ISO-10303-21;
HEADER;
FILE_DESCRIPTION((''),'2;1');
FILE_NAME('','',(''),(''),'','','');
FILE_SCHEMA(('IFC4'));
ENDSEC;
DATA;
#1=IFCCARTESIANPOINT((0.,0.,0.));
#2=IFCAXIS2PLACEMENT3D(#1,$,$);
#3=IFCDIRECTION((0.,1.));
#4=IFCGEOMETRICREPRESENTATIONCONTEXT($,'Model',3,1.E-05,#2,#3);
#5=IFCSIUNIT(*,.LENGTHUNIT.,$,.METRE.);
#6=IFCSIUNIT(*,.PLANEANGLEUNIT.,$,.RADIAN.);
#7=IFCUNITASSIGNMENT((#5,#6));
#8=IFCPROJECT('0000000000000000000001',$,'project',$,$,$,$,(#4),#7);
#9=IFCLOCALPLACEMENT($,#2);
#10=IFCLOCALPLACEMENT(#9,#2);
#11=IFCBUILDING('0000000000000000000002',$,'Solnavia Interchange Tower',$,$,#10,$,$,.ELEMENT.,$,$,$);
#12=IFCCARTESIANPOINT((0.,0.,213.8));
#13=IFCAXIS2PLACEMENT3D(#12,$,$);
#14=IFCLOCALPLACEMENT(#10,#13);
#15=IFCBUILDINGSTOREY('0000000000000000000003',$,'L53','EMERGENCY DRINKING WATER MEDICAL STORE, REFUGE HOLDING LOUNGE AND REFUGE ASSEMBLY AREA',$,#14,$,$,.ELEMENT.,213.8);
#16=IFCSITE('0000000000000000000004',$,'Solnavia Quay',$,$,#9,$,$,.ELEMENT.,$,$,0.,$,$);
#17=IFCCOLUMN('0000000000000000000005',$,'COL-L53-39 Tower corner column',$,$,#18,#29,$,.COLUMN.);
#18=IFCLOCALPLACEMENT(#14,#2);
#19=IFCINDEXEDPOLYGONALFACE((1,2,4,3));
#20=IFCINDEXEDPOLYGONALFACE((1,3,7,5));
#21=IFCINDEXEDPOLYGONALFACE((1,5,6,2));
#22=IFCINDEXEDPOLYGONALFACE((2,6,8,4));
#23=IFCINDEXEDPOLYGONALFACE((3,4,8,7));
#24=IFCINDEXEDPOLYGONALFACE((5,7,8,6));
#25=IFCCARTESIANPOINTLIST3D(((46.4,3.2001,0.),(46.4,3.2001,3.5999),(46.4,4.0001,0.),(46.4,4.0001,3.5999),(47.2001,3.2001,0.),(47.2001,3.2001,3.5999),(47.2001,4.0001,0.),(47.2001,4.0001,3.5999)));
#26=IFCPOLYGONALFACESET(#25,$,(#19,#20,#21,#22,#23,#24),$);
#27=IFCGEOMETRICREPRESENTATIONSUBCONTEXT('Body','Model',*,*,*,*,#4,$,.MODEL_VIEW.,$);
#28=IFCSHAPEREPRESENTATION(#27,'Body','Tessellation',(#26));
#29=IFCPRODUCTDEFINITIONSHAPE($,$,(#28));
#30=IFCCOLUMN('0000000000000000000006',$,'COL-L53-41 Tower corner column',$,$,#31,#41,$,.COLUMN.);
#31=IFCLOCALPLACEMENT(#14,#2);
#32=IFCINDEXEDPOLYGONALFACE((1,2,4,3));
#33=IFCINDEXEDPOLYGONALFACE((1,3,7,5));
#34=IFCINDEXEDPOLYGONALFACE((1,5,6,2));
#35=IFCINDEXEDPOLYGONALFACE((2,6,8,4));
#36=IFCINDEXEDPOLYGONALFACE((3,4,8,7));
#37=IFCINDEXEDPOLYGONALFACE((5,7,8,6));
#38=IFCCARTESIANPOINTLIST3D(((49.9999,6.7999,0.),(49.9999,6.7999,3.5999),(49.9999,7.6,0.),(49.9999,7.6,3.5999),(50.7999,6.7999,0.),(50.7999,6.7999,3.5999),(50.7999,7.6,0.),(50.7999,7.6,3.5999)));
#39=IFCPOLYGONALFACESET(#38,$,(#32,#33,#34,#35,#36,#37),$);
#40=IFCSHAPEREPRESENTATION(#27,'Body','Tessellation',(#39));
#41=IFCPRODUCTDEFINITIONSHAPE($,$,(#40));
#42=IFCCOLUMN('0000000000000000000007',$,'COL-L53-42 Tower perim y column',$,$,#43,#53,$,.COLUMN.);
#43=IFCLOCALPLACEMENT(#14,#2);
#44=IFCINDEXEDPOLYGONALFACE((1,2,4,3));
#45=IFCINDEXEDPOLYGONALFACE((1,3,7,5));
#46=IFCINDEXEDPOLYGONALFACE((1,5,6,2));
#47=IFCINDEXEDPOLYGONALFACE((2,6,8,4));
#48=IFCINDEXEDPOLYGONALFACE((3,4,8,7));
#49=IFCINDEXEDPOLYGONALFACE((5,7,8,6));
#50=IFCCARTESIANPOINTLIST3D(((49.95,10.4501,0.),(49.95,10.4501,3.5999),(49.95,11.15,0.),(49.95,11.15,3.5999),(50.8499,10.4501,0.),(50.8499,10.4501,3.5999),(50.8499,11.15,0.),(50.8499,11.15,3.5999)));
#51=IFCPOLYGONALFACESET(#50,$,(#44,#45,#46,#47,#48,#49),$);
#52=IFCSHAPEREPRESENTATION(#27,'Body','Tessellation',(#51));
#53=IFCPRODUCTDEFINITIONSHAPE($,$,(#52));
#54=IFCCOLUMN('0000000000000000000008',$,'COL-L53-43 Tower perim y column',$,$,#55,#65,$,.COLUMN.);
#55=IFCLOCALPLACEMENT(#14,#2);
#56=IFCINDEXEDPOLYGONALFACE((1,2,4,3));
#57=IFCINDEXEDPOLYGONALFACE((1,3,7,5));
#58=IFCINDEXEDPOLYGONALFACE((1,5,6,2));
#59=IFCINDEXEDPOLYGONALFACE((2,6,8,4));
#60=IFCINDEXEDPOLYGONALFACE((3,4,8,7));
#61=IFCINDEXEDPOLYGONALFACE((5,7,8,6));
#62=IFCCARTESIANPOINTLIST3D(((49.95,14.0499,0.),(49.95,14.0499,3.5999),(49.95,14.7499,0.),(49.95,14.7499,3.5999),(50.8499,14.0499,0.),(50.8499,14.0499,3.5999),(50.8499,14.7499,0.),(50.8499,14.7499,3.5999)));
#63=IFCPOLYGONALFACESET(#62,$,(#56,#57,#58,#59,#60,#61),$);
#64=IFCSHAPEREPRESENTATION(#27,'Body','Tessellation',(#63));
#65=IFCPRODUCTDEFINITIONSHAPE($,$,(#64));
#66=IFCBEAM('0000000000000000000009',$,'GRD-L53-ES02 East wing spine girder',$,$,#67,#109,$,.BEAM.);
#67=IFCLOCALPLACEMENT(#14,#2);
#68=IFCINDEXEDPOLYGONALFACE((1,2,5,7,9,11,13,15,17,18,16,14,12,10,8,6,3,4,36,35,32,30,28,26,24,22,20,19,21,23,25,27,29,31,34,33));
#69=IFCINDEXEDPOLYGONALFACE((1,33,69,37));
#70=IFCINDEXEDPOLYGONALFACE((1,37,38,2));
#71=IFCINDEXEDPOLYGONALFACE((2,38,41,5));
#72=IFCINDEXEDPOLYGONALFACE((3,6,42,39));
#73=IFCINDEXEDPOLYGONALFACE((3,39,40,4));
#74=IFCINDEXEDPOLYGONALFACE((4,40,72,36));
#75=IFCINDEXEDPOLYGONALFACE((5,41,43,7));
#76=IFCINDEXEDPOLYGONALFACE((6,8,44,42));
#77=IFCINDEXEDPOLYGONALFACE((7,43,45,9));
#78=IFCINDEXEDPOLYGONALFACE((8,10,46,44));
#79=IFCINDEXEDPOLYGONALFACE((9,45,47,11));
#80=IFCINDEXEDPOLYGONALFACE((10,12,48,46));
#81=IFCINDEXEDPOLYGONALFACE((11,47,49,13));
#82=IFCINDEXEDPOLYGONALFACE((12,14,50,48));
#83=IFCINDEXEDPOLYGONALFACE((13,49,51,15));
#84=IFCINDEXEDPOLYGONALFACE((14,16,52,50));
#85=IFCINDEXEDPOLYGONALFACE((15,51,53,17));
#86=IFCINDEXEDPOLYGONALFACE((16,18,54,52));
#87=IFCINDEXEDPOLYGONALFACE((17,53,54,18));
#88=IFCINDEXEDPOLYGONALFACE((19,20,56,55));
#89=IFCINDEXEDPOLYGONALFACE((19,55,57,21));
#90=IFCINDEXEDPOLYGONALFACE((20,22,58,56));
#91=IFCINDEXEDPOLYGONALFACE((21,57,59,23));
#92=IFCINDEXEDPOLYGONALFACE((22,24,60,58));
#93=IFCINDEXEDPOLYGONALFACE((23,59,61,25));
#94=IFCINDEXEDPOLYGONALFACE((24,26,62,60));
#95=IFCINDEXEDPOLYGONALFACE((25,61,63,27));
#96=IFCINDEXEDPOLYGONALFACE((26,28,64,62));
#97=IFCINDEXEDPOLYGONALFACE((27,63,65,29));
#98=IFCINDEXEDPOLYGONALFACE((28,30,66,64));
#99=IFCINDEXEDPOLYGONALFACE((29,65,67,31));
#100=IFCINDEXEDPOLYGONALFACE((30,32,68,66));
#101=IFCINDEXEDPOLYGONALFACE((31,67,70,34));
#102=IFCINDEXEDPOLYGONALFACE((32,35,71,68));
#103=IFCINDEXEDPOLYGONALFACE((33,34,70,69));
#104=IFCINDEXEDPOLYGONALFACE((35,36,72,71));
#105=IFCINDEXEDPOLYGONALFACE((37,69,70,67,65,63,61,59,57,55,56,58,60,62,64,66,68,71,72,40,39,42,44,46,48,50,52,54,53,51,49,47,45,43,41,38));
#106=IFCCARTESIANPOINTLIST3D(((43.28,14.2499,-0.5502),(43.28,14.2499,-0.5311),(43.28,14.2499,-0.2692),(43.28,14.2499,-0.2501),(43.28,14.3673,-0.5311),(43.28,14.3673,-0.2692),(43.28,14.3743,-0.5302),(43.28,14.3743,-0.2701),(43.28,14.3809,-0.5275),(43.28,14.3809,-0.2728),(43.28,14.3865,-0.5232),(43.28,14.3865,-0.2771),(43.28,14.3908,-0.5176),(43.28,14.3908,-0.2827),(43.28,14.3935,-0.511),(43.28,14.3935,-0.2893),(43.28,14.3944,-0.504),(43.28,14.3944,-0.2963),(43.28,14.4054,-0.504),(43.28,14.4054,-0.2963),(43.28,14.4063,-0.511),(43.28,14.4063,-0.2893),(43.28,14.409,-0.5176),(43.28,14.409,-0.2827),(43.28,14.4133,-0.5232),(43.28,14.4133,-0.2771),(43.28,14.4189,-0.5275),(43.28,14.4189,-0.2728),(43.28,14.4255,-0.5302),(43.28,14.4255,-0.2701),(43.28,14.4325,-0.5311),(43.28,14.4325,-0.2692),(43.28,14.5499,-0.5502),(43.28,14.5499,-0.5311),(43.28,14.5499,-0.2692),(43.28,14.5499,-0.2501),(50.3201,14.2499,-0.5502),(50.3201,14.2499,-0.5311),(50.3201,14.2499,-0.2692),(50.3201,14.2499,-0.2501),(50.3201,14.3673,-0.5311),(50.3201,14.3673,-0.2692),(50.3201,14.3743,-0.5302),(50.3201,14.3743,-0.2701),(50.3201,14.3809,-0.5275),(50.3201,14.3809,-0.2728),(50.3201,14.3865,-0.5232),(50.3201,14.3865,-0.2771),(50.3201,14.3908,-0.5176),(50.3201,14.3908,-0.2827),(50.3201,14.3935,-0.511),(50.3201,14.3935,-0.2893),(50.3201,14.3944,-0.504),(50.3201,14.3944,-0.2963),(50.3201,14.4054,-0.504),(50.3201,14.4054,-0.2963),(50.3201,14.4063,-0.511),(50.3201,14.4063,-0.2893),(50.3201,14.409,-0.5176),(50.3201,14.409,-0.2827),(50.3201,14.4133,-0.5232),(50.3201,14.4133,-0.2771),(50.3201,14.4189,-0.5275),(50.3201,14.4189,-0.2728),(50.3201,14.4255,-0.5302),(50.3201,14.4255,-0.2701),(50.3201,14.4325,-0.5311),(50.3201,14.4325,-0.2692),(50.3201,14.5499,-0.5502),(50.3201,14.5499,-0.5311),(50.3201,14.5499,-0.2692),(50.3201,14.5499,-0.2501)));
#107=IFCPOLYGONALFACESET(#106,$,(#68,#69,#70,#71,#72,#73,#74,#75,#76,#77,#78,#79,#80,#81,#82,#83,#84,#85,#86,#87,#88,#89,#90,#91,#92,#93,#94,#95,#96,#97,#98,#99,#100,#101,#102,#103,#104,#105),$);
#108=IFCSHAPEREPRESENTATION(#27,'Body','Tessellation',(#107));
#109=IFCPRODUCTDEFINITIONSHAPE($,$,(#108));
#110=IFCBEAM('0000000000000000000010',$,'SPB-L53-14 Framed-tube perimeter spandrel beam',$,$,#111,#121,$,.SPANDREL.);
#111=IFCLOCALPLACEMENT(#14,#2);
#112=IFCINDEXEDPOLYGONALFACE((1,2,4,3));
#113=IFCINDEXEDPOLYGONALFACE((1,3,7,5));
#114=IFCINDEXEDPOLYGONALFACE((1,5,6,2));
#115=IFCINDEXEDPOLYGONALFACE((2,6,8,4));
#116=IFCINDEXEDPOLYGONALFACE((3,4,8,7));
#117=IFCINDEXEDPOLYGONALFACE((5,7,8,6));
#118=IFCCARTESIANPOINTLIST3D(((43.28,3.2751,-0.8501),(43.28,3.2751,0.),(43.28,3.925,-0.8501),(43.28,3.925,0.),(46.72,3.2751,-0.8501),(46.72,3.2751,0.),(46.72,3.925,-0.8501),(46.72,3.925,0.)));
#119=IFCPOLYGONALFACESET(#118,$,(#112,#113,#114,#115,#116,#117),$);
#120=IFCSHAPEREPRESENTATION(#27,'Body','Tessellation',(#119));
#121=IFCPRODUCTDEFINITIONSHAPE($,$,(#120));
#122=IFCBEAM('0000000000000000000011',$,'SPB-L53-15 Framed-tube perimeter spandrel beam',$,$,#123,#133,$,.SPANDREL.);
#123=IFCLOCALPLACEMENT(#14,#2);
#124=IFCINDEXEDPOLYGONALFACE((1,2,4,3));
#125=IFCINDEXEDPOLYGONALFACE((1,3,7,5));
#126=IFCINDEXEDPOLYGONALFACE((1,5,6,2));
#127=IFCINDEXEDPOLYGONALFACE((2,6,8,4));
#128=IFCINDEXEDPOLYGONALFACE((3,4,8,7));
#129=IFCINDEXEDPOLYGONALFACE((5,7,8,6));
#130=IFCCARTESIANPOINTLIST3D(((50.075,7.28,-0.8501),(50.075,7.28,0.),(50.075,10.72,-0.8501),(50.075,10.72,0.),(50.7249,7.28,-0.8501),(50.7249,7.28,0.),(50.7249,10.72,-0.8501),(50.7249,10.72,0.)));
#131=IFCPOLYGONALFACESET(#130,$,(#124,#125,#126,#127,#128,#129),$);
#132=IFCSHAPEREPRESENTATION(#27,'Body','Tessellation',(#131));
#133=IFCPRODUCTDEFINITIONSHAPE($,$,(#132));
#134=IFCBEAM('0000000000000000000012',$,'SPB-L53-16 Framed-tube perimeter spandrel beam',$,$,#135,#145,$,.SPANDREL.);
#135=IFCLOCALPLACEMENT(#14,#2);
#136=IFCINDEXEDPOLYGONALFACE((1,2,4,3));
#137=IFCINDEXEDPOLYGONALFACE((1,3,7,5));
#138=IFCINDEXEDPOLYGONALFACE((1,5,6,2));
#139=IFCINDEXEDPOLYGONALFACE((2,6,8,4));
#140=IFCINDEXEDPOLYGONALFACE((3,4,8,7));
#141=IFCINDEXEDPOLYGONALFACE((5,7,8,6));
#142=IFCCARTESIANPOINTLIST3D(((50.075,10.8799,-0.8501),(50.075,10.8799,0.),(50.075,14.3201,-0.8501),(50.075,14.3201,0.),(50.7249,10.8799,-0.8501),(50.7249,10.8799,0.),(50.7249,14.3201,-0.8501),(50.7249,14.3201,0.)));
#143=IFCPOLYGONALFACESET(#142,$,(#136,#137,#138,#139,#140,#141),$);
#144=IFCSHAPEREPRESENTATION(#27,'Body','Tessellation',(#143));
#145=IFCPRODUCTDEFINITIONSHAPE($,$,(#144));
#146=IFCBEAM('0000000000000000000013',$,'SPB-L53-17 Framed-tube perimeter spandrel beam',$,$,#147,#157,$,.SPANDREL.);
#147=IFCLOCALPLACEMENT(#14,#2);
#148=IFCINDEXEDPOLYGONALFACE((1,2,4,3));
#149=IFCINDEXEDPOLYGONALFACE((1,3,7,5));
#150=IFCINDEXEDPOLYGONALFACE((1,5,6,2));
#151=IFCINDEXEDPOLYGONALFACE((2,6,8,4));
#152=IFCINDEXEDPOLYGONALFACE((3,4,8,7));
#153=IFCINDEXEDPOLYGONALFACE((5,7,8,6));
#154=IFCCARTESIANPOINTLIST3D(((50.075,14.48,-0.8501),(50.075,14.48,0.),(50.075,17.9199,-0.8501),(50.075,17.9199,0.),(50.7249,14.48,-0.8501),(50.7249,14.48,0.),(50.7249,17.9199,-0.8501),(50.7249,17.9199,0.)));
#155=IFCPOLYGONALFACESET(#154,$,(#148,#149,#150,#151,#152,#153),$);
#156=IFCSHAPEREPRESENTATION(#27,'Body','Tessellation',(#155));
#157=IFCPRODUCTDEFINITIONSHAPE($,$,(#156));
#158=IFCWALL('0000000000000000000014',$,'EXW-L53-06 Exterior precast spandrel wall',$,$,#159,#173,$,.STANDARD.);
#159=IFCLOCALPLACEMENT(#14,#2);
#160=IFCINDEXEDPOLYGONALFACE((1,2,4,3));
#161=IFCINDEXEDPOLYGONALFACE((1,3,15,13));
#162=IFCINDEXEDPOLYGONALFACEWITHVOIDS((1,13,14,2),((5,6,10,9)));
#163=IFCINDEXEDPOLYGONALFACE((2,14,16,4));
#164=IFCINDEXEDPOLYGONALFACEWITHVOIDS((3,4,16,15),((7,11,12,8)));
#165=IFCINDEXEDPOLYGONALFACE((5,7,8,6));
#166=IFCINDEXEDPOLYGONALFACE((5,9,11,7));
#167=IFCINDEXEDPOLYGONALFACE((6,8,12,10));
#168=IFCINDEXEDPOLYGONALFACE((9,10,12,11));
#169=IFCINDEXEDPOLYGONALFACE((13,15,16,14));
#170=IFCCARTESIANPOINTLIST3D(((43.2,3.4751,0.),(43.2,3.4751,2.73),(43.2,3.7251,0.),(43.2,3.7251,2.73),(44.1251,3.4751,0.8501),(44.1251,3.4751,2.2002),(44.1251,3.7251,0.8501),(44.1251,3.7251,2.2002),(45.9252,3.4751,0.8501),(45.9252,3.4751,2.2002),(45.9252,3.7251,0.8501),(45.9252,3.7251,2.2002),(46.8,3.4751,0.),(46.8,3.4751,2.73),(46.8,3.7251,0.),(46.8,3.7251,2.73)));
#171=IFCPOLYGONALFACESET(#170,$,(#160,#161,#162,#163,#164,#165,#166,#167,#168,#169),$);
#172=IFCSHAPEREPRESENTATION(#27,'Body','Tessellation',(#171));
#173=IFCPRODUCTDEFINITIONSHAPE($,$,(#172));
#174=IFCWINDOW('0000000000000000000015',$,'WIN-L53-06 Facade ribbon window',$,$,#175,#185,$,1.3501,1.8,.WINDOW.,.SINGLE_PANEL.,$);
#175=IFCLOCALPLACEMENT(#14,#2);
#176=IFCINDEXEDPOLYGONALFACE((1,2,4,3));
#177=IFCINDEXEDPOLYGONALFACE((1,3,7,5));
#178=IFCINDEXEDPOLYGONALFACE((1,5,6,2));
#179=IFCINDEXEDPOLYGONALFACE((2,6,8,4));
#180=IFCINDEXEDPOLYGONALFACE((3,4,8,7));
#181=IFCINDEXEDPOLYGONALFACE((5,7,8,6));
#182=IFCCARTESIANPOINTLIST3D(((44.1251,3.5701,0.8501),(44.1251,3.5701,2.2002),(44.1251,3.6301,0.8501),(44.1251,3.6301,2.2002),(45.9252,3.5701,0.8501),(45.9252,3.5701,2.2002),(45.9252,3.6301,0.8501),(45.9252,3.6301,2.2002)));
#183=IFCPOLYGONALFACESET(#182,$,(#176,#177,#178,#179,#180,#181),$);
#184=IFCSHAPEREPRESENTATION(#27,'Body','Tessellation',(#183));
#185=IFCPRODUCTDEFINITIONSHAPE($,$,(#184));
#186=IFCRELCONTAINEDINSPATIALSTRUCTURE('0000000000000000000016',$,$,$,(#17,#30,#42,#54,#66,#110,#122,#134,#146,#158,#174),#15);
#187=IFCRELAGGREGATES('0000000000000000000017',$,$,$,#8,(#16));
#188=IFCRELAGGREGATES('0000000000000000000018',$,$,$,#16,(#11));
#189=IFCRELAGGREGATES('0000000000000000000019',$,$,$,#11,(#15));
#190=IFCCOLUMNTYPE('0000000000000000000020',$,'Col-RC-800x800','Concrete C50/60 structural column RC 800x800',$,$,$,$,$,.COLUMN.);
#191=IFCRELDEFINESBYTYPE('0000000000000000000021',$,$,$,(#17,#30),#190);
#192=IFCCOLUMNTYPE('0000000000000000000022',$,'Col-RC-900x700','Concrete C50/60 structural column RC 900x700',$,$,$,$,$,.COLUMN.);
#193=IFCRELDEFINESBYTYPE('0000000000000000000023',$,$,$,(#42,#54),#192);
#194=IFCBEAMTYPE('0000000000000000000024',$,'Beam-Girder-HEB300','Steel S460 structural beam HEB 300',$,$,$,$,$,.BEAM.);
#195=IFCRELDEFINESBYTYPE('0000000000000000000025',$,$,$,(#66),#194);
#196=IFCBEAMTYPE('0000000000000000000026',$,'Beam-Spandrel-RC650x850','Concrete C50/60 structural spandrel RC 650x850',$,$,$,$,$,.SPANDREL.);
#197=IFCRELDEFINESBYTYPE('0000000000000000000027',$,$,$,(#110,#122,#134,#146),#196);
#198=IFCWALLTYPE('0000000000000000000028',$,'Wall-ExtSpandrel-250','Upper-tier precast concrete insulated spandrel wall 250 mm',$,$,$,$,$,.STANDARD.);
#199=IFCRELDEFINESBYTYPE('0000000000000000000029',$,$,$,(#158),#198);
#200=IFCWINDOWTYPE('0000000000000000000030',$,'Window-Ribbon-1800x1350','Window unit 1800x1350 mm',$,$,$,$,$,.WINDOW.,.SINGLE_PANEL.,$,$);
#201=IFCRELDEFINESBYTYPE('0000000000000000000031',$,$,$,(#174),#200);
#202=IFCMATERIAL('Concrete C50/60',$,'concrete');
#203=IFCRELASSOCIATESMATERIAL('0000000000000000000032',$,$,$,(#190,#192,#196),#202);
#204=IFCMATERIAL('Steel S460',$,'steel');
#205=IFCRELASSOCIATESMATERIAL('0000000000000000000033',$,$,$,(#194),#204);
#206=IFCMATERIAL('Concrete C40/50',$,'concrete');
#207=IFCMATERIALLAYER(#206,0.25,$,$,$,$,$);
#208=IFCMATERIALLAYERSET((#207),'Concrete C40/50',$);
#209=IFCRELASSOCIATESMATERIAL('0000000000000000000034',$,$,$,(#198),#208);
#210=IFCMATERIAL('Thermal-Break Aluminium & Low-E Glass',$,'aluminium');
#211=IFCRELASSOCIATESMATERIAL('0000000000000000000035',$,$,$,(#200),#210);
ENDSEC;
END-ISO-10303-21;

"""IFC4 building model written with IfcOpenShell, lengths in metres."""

from ifc_helpers import new_model, si_unit, direction, frame, frame_2d, origin, origin_2d, place, context, subcontext, project, spatial, rectangle, i_section, extrude, material, layer, layer_set, material_profile, profile_set, type_object, element, fill, save


model = new_model("IFC4")

# Units and contexts
model_context = context("Model", 3, precision=1e-05, world=origin(), true_north=direction((0.0, 1.0)))
body_context = subcontext(model_context, "Body", "Model", "MODEL_VIEW")
ifc_project = project(units=[si_unit("LENGTHUNIT", "METRE"), si_unit("PLANEANGLEUNIT", "RADIAN")], contexts=[model_context])

# Site, building, storey
site_placement = place(None, origin())
site = spatial("IfcSite", under=ifc_project, at=site_placement, Name="Solnavia Quay", CompositionType="ELEMENT", RefElevation=0.0)
building_placement = place(site_placement, origin())
building = spatial("IfcBuilding", under=site, at=building_placement, Name="Solnavia Interchange Tower", CompositionType="ELEMENT")
storey_placement = place(building_placement, frame((0.0, 0.0, 213.8)))
storey = spatial("IfcBuildingStorey", under=building, at=storey_placement, Name="L53", Description="EMERGENCY DRINKING WATER MEDICAL STORE, REFUGE HOLDING LOUNGE AND REFUGE ASSEMBLY AREA", CompositionType="ELEMENT", Elevation=213.8)

# Columns
ifc_material_1 = material(Name="Concrete C50/60", Category="concrete")
ifc_material_profile_1 = material_profile(ifc_material_1, rectangle(XDim=0.8, YDim=0.8, at=origin_2d()), Name="RC 800x800")
ifc_profile_set_1 = profile_set([ifc_material_profile_1], Name="Concrete C50/60")
column_type_1 = type_object("IfcColumnType", Name="Col-RC-800x800", Description="Concrete C50/60 structural column RC 800x800", PredefinedType="COLUMN", material=ifc_profile_set_1)
for number, where, z_axis, x_axis, name in (
    (1, (46.8, 3.6001, 0.0), (0.0, 0.0, 1.0), (1.0, 0.0, 0.0), "COL-L53-39 Tower corner column"),
    (2, (50.3999, 7.2, 0.0), (0.0, 0.0, 1.0), (1.0, 0.0, 0.0), "COL-L53-41 Tower corner column"),
):
    element("IfcColumn", number, at=place(storey_placement, frame(where, z_axis=z_axis, x_axis=x_axis)), inside=storey, type_object=column_type_1, Name=name, PredefinedType="COLUMN", context=body_context, shape_type="SweptSolid", body=[
        extrude(rectangle(XDim=0.8, YDim=0.8, at=origin_2d()), origin(), (0.0, 0.0, 1.0), 3.5999),
    ])
ifc_material_profile_2 = material_profile(ifc_material_1, rectangle(XDim=0.7, YDim=0.8999, at=origin_2d()), Name="RC 900x700")
ifc_profile_set_2 = profile_set([ifc_material_profile_2], Name="Concrete C50/60")
column_type_2 = type_object("IfcColumnType", Name="Col-RC-900x700", Description="Concrete C50/60 structural column RC 900x700", PredefinedType="COLUMN", material=ifc_profile_set_2)
for number, where, z_axis, x_axis, name in (
    (3, (50.3999, 10.8, 0.0), (0.0, 0.0, 1.0), (0.0, 1.0, 0.0), "COL-L53-42 Tower perim y column"),
    (4, (50.3999, 14.3999, 0.0), (0.0, 0.0, 1.0), (0.0, 1.0, 0.0), "COL-L53-43 Tower perim y column"),
):
    element("IfcColumn", number, at=place(storey_placement, frame(where, z_axis=z_axis, x_axis=x_axis)), inside=storey, type_object=column_type_2, Name=name, PredefinedType="COLUMN", context=body_context, shape_type="SweptSolid", body=[
        extrude(rectangle(XDim=0.7, YDim=0.8999, at=origin_2d()), origin(), (0.0, 0.0, 1.0), 3.5999),
    ])

# Beams
ifc_material_2 = material(Name="Steel S460", Category="steel")
ifc_material_profile_3 = material_profile(ifc_material_2, i_section(OverallWidth=0.3, OverallDepth=0.3, WebThickness=0.011, FlangeThickness=0.019, FilletRadius=0.0271, at=origin_2d()), Name="HEB 300")
ifc_profile_set_3 = profile_set([ifc_material_profile_3], Name="Steel S460")
beam_type_1 = type_object("IfcBeamType", Name="Beam-Girder-HEB300", Description="Steel S460 structural beam HEB 300", PredefinedType="BEAM", material=ifc_profile_set_3)
beam_1_placement = place(storey_placement, frame((43.28, 14.3999, -0.4001), z_axis=(1.0, 0.0, 0.0), x_axis=(0.0, 1.0, 0.0)))
element("IfcBeam", 5, at=beam_1_placement, inside=storey, type_object=beam_type_1, Name="GRD-L53-ES02 East wing spine girder", PredefinedType="BEAM", context=body_context, shape_type="SweptSolid", body=[
    extrude(i_section(OverallWidth=0.3, OverallDepth=0.3, WebThickness=0.011, FlangeThickness=0.019, FilletRadius=0.0271, at=origin_2d()), origin(), (0.0, 0.0, 1.0), 7.04),
])
ifc_material_profile_4 = material_profile(ifc_material_1, rectangle(XDim=0.6499, YDim=0.8501, at=origin_2d()), Name="RC 650x850")
ifc_profile_set_4 = profile_set([ifc_material_profile_4], Name="Concrete C50/60")
beam_type_2 = type_object("IfcBeamType", Name="Beam-Spandrel-RC650x850", Description="Concrete C50/60 structural spandrel RC 650x850", PredefinedType="SPANDREL", material=ifc_profile_set_4)
for number, where, z_axis, x_axis, name in (
    (6, (43.28, 3.6001, -0.425), (1.0, 0.0, 0.0), (0.0, 1.0, 0.0), "SPB-L53-14 Framed-tube perimeter spandrel beam"),
    (7, (50.3999, 7.28, -0.425), (0.0, 1.0, 0.0), (-1.0, 0.0, 0.0), "SPB-L53-15 Framed-tube perimeter spandrel beam"),
):
    element("IfcBeam", number, at=place(storey_placement, frame(where, z_axis=z_axis, x_axis=x_axis)), inside=storey, type_object=beam_type_2, Name=name, PredefinedType="SPANDREL", context=body_context, shape_type="SweptSolid", body=[
        extrude(rectangle(XDim=0.6499, YDim=0.8501, at=origin_2d()), origin(), (0.0, 0.0, 1.0), 3.4399),
    ])
beam_2_placement = place(storey_placement, frame((50.3999, 10.8799, -0.425), z_axis=(0.0, 1.0, 0.0), x_axis=(-1.0, 0.0, 0.0)))
element("IfcBeam", 8, at=beam_2_placement, inside=storey, type_object=beam_type_2, Name="SPB-L53-16 Framed-tube perimeter spandrel beam", PredefinedType="SPANDREL", context=body_context, shape_type="SweptSolid", body=[
    extrude(rectangle(XDim=0.6499, YDim=0.8501, at=origin_2d()), origin(), (0.0, 0.0, 1.0), 3.4402),
])
beam_3_placement = place(storey_placement, frame((50.3999, 14.48, -0.425), z_axis=(0.0, 1.0, 0.0), x_axis=(-1.0, 0.0, 0.0)))
element("IfcBeam", 9, at=beam_3_placement, inside=storey, type_object=beam_type_2, Name="SPB-L53-17 Framed-tube perimeter spandrel beam", PredefinedType="SPANDREL", context=body_context, shape_type="SweptSolid", body=[
    extrude(rectangle(XDim=0.6499, YDim=0.8501, at=origin_2d()), origin(), (0.0, 0.0, 1.0), 3.4399),
])

# Wall, opening, window
ifc_material_3 = material(Name="Concrete C40/50", Category="concrete")
ifc_layer_1 = layer(ifc_material_3, 0.25)
ifc_layer_set_1 = layer_set([ifc_layer_1], Name="Concrete C40/50")
wall_type = type_object("IfcWallType", Name="Wall-ExtSpandrel-250", Description="Upper-tier precast concrete insulated spandrel wall 250 mm", PredefinedType="STANDARD", material=ifc_layer_set_1)
wall_1_placement = place(storey_placement, frame((46.8, 3.6001, 0.0), z_axis=(0.0, 0.0, 1.0), x_axis=(-1.0, 0.0, 0.0)))
wall_1 = element("IfcWall", 10, at=wall_1_placement, inside=storey, type_object=wall_type, Name="EXW-L53-06 Exterior precast spandrel wall", PredefinedType="STANDARD", context=body_context, shape_type="SweptSolid", body=[
    extrude(rectangle(XDim=3.6001, YDim=0.25, at=frame_2d((1.8, 0.0))), origin(), (0.0, 0.0, 1.0), 2.73),
])
opening_1_placement = place(wall_1_placement, frame((0.875, 0.0, 0.8501)))
opening_1 = element("IfcOpeningElement", 11, at=opening_1_placement, cuts=wall_1, PredefinedType="OPENING", context=body_context, shape_type="SweptSolid", body=[
    extrude(rectangle(XDim=1.8, YDim=1.3501, at=frame_2d((0.8999, 0.675))), frame((0.0, 0.135, 0.0), z_axis=(0.0, -1.0, 0.0), x_axis=(1.0, 0.0, 0.0)), (0.0, 0.0, 1.0), 0.27),
])
ifc_material_4 = material(Name="Thermal-Break Aluminium & Low-E Glass", Category="aluminium")
window_type = type_object("IfcWindowType", Name="Window-Ribbon-1800x1350", Description="Window unit 1800x1350 mm", PartitioningType="SINGLE_PANEL", PredefinedType="WINDOW", material=ifc_material_4)
window_1_placement = place(opening_1_placement, origin())
window_1 = element("IfcWindow", 12, at=window_1_placement, inside=storey, type_object=window_type, Name="WIN-L53-06 Facade ribbon window", OverallHeight=1.3501, OverallWidth=1.8, PartitioningType="SINGLE_PANEL", PredefinedType="WINDOW", context=body_context, shape_type="SweptSolid", body=[
    extrude(rectangle(XDim=1.8, YDim=1.3501, at=frame_2d((0.8999, 0.675))), frame((0.0, 0.03, 0.0), z_axis=(0.0, -1.0, 0.0), x_axis=(1.0, 0.0, 0.0)), (0.0, 0.0, 1.0), 0.0601),
])
fill(opening_1, window_1)

save(model, "model.ifc")
